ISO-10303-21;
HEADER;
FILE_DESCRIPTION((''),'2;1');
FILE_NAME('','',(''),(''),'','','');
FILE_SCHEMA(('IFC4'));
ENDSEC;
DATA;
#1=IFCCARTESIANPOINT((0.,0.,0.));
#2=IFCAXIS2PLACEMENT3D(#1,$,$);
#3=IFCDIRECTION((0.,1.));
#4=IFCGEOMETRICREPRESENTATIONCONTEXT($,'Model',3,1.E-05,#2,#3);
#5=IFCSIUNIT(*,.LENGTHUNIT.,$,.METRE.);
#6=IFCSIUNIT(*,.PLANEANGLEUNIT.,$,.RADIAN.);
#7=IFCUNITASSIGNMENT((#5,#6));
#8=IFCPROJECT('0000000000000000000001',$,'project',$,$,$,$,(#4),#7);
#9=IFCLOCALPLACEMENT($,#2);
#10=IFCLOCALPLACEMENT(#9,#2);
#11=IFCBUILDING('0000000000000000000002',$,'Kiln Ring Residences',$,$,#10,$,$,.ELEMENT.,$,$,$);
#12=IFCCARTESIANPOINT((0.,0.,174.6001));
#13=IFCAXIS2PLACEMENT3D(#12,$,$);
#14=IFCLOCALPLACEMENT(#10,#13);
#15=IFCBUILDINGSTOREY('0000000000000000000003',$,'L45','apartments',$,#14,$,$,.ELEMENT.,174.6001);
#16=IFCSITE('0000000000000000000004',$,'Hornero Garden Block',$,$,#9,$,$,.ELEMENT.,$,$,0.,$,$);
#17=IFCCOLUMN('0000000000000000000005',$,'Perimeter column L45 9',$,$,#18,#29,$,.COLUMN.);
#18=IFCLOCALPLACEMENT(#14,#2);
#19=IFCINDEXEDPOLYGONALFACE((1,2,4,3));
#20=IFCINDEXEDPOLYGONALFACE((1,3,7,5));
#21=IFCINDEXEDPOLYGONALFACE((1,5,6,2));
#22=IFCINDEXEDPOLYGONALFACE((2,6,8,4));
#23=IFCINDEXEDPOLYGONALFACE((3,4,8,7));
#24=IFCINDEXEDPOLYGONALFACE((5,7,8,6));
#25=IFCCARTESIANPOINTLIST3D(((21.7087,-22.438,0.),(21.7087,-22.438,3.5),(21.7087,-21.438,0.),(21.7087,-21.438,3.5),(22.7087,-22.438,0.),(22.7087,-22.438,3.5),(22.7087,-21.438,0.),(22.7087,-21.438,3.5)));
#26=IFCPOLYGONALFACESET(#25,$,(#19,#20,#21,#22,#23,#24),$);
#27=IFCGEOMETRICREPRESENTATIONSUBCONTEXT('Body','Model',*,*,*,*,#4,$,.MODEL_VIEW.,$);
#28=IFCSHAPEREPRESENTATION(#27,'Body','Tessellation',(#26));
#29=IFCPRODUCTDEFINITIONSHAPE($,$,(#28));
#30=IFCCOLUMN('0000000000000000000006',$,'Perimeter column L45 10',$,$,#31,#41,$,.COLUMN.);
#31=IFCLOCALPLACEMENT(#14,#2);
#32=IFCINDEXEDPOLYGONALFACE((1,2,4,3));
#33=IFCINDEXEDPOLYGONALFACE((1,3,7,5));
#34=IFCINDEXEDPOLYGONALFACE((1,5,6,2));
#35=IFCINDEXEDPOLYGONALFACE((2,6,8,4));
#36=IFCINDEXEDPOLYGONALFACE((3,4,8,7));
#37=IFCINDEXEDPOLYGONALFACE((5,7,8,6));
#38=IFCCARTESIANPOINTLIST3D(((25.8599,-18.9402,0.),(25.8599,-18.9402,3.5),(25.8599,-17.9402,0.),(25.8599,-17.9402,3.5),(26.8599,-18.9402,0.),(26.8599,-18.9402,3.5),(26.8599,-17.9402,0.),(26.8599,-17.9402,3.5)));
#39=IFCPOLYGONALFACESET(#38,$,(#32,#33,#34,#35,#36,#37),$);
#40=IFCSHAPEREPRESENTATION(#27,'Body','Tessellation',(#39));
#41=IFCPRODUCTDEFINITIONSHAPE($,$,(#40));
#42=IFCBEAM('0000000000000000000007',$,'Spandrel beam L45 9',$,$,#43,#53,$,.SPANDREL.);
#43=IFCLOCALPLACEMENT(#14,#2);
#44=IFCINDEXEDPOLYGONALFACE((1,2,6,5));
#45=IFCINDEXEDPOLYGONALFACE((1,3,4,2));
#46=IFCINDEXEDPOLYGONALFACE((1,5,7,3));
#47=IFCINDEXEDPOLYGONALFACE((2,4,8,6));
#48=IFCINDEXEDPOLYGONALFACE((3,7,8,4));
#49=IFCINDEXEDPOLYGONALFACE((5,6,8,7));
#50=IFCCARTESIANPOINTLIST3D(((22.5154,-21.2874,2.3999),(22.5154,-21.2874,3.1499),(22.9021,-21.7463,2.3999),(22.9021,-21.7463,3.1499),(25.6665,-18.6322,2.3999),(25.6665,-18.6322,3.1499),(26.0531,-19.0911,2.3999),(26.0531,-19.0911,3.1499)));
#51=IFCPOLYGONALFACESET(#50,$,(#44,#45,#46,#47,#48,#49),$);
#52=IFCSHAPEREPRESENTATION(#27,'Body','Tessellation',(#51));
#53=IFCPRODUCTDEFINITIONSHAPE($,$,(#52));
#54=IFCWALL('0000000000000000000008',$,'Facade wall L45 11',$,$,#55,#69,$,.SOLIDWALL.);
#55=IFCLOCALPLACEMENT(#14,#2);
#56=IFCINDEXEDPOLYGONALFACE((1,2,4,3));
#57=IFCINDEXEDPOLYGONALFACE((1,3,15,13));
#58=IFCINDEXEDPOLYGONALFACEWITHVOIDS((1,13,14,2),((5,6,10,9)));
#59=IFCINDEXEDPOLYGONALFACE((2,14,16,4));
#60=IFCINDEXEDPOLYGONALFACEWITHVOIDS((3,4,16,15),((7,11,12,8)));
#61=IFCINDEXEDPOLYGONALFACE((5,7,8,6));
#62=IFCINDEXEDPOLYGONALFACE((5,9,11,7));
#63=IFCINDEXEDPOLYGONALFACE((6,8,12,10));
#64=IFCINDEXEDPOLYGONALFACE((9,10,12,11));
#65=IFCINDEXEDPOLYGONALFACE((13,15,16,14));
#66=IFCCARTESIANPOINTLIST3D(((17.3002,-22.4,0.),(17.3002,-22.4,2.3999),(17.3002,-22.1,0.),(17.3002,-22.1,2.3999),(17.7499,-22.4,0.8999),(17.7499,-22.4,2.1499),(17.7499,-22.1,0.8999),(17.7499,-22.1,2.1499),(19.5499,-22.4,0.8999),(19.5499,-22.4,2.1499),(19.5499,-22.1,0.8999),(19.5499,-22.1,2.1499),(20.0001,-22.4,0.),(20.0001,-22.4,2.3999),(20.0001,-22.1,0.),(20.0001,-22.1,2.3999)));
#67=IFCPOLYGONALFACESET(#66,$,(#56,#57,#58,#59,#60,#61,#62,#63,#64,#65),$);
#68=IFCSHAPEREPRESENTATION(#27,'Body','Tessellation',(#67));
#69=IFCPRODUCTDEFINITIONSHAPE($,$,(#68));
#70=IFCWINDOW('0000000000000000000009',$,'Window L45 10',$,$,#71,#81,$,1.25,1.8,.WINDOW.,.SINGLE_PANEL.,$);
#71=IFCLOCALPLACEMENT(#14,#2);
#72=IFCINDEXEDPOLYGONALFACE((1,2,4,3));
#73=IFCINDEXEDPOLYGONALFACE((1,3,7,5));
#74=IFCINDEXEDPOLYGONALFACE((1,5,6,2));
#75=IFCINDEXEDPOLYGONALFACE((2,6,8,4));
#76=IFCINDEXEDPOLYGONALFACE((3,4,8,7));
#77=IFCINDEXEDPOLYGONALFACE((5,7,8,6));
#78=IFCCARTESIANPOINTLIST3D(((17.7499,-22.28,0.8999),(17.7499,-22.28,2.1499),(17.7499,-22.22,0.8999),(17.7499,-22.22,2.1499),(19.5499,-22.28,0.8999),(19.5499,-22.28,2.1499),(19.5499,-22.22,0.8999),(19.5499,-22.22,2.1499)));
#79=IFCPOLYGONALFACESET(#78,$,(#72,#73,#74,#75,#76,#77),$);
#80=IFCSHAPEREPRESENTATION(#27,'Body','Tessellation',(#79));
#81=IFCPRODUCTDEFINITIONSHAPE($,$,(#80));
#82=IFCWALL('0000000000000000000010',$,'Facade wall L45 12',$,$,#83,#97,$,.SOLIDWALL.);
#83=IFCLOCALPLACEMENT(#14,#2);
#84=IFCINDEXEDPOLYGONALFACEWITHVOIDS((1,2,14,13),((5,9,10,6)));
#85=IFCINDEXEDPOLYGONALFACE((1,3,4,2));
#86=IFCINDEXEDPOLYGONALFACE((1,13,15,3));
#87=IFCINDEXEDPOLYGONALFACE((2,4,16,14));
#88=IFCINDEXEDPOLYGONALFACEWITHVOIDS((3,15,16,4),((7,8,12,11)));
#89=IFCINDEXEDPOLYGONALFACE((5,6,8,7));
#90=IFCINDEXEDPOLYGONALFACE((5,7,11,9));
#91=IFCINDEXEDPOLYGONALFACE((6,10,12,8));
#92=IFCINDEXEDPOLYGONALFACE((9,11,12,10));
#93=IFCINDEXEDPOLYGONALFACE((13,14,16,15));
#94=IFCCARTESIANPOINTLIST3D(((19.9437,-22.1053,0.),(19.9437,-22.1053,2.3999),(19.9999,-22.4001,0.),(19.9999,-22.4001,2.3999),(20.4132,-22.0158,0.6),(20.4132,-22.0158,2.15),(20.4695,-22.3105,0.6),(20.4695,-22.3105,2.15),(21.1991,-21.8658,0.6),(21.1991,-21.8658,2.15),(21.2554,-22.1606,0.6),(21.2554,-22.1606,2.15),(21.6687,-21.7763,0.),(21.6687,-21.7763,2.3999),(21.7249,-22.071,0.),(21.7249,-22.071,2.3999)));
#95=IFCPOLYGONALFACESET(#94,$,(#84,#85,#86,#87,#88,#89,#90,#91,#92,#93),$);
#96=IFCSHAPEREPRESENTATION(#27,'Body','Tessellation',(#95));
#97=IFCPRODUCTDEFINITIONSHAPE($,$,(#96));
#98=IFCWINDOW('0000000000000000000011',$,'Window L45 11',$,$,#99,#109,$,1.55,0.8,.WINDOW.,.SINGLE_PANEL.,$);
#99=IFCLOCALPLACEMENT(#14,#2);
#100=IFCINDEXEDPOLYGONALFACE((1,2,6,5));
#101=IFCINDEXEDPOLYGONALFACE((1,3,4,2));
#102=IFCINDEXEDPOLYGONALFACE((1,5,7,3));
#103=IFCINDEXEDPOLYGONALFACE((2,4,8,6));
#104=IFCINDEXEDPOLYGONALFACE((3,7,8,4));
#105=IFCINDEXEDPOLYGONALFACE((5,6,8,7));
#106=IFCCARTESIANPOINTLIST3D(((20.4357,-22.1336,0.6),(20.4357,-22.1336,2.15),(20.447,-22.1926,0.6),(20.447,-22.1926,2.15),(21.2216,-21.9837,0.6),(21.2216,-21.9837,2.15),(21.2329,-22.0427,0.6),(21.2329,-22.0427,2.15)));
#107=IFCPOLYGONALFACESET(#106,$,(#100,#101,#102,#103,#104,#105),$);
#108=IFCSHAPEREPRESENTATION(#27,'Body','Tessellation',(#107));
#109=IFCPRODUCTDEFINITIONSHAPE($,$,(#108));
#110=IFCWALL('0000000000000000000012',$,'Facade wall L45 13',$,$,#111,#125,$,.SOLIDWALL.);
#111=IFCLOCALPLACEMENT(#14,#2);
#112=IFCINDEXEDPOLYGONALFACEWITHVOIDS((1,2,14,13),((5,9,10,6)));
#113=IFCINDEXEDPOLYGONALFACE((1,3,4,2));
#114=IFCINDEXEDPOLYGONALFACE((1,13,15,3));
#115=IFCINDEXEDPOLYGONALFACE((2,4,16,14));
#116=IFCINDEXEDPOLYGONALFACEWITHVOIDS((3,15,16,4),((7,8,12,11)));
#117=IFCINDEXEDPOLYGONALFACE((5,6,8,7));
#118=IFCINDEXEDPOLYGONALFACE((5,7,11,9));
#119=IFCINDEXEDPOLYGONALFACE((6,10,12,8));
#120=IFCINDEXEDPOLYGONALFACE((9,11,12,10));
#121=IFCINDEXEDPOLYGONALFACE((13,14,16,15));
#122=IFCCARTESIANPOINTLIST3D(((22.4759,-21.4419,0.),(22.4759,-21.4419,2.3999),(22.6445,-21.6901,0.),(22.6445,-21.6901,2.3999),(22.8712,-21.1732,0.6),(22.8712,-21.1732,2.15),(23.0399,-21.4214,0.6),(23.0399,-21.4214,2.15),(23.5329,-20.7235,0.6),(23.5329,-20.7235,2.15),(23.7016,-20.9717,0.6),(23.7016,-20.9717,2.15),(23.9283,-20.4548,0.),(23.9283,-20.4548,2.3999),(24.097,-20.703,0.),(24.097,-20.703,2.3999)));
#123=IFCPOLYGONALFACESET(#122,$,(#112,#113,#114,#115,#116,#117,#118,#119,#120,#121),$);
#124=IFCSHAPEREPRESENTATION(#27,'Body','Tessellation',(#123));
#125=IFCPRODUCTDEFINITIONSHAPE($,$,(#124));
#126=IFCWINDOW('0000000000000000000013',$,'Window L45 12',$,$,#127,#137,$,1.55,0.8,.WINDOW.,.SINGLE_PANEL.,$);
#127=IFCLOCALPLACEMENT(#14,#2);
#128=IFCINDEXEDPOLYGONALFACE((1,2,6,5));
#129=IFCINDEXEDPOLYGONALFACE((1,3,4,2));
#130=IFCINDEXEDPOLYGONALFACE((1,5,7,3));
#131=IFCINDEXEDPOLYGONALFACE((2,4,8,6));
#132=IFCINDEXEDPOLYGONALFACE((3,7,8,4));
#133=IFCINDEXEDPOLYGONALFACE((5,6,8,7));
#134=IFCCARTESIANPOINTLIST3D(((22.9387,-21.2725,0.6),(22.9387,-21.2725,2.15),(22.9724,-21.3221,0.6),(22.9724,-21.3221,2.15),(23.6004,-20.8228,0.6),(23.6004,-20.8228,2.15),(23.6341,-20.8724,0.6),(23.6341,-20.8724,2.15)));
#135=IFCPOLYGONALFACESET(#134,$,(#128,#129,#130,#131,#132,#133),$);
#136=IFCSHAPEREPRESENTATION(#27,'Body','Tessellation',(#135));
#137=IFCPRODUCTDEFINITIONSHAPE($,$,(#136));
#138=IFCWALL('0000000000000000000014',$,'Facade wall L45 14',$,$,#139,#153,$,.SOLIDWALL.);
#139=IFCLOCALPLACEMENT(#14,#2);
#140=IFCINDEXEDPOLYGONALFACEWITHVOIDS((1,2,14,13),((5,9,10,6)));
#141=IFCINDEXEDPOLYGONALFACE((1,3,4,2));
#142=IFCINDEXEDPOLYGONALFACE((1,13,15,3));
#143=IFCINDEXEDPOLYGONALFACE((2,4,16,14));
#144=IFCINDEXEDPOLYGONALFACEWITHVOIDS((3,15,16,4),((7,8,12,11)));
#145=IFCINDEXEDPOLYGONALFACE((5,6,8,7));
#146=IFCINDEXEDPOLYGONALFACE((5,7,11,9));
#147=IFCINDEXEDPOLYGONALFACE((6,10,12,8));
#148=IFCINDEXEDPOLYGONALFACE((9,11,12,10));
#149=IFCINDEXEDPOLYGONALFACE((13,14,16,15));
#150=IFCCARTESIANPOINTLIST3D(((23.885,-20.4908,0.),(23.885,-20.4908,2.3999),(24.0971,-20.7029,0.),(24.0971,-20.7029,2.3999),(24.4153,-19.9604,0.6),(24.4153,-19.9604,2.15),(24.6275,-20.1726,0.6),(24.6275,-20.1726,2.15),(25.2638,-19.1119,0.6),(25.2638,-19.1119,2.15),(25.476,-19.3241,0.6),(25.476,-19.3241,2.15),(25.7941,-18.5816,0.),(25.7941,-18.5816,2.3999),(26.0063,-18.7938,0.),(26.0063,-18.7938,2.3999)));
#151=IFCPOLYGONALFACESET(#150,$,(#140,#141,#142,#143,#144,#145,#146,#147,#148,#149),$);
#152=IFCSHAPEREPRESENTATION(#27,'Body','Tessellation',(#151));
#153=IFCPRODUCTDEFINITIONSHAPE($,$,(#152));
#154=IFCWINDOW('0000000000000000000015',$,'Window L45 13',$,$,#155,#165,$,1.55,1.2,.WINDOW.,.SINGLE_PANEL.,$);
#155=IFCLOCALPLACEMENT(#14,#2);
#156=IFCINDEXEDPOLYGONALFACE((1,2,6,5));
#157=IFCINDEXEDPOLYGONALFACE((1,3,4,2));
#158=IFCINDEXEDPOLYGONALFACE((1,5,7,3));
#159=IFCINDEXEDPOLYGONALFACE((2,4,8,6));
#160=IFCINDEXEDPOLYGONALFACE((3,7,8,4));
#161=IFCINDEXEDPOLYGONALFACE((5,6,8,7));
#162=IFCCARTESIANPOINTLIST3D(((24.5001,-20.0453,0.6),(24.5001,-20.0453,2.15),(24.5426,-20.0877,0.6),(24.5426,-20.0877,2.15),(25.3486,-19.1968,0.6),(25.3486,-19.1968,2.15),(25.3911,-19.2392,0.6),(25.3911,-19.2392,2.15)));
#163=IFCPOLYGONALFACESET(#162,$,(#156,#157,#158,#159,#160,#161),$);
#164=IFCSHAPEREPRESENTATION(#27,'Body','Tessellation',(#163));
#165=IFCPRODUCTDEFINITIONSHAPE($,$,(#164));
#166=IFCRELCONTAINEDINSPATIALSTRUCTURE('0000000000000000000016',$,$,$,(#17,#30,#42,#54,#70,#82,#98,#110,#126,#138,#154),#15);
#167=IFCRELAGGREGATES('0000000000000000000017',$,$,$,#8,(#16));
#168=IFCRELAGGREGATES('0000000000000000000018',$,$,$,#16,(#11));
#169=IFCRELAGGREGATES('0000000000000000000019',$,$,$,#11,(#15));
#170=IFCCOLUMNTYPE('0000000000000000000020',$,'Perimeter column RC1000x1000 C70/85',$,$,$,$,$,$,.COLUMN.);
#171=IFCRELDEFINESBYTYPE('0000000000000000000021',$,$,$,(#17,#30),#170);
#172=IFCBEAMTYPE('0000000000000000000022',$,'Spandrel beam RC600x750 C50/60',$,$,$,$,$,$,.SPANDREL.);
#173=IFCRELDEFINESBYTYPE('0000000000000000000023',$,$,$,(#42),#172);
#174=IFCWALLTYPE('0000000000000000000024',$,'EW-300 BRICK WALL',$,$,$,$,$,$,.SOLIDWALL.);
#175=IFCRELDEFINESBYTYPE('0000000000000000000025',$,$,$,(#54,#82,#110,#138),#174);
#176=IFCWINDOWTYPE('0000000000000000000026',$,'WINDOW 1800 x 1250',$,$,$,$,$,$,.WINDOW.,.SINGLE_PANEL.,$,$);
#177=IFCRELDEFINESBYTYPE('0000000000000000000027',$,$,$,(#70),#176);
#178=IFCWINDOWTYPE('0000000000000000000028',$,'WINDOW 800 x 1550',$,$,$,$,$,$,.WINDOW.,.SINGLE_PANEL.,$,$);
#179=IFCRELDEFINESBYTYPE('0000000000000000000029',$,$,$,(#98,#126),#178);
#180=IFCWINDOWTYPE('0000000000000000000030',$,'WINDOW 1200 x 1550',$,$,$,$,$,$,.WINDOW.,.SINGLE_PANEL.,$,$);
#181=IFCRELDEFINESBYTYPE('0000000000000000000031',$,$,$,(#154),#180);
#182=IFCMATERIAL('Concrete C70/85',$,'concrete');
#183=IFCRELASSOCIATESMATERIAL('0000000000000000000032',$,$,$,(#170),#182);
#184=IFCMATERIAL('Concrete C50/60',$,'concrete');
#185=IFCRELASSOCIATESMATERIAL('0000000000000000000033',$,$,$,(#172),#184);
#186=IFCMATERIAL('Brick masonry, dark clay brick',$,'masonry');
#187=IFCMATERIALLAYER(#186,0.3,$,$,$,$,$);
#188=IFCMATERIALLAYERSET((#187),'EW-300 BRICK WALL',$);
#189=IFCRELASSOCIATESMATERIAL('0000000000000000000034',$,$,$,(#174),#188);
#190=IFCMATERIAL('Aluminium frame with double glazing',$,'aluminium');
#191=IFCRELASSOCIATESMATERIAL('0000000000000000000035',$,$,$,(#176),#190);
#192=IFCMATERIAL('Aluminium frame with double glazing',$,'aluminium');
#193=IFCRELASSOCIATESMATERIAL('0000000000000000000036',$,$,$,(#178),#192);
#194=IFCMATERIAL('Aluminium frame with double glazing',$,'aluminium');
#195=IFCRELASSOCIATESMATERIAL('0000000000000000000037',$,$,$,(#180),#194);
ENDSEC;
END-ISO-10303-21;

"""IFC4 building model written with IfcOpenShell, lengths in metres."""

from ifc_helpers import new_model, si_unit, direction, frame, frame_2d, origin, origin_2d, place, context, subcontext, project, spatial, rectangle, extrude, material, layer, layer_set, material_profile, profile_set, type_object, element, fill, save


model = new_model("IFC4")

# Units and contexts
model_context = context("Model", 3, precision=1e-05, world=origin(), true_north=direction((0.0, 1.0)))
body_context = subcontext(model_context, "Body", "Model", "MODEL_VIEW")
ifc_project = project(units=[si_unit("LENGTHUNIT", "METRE"), si_unit("PLANEANGLEUNIT", "RADIAN")], contexts=[model_context])

# Site, building, storey
site_placement = place(None, origin())
site = spatial("IfcSite", under=ifc_project, at=site_placement, Name="Hornero Garden Block", CompositionType="ELEMENT", RefElevation=0.0)
building_placement = place(site_placement, origin())
building = spatial("IfcBuilding", under=site, at=building_placement, Name="Kiln Ring Residences", CompositionType="ELEMENT")
storey_placement = place(building_placement, frame((0.0, 0.0, 174.6001)))
storey = spatial("IfcBuildingStorey", under=building, at=storey_placement, Name="L45", Description="apartments", CompositionType="ELEMENT", Elevation=174.6001)

# Columns
ifc_material_1 = material(Name="Concrete C70/85", Category="concrete")
ifc_material_profile_1 = material_profile(ifc_material_1, rectangle(XDim=1.0, YDim=1.0, at=origin_2d()), Name="RC1000x1000")
ifc_profile_set_1 = profile_set([ifc_material_profile_1], Name="Concrete C70/85")
column_type = type_object("IfcColumnType", Name="Perimeter column RC1000x1000 C70/85", PredefinedType="COLUMN", material=ifc_profile_set_1)
for number, where, z_axis, x_axis, name in (
    (1, (22.2087, -21.938, 0.0), (0.0, 0.0, 1.0), (1.0, 0.0, 0.0), "Perimeter column L45 9"),
    (2, (26.3599, -18.4402, 0.0), (0.0, 0.0, 1.0), (1.0, 0.0, 0.0), "Perimeter column L45 10"),
):
    element("IfcColumn", number, at=place(storey_placement, frame(where, z_axis=z_axis, x_axis=x_axis)), inside=storey, type_object=column_type, Name=name, PredefinedType="COLUMN", context=body_context, shape_type="SweptSolid", body=[
        extrude(rectangle(XDim=1.0, YDim=1.0, at=origin_2d()), origin(), (0.0, 0.0, 1.0), 3.5),
    ])

# Beam
ifc_material_2 = material(Name="Concrete C50/60", Category="concrete")
ifc_material_profile_2 = material_profile(ifc_material_2, rectangle(XDim=0.6001, YDim=0.75, at=origin_2d()), Name="RC600x750")
ifc_profile_set_2 = profile_set([ifc_material_profile_2], Name="Concrete C50/60")
beam_type = type_object("IfcBeamType", Name="Spandrel beam RC600x750 C50/60", PredefinedType="SPANDREL", material=ifc_profile_set_2)
beam_placement = place(storey_placement, frame((22.7087, -21.5168, 2.7749), z_axis=(0.764708, 0.644377, 0.0), x_axis=(-0.644377, 0.764708, 0.0)))
element("IfcBeam", 3, at=beam_placement, inside=storey, type_object=beam_type, Name="Spandrel beam L45 9", PredefinedType="SPANDREL", context=body_context, shape_type="SweptSolid", body=[
    extrude(rectangle(XDim=0.6001, YDim=0.75, at=origin_2d()), origin(), (0.0, 0.0, 1.0), 4.1206),
])

# Walls, openings, windows
ifc_material_3 = material(Name="Brick masonry, dark clay brick", Category="masonry")
ifc_layer_1 = layer(ifc_material_3, 0.3)
ifc_layer_set_1 = layer_set([ifc_layer_1], Name="EW-300 BRICK WALL")
wall_type_1 = type_object("IfcWallType", Name="EW-300 BRICK WALL", PredefinedType="SOLIDWALL", material=ifc_layer_set_1)
wall_1_placement = place(storey_placement, frame((17.3, -22.25, 0.0), z_axis=(0.0, 0.0, 1.0), x_axis=(1.0, 0.0, 0.0)))
wall_1 = element("IfcWall", 4, at=wall_1_placement, inside=storey, type_object=wall_type_1, Name="Facade wall L45 11", PredefinedType="SOLIDWALL", context=body_context, shape_type="SweptSolid", body=[
    extrude(rectangle(XDim=2.7, YDim=0.3, at=frame_2d((1.3501, 0.0))), origin(), (0.0, 0.0, 1.0), 2.3999),
])
opening_1_placement = place(wall_1_placement, frame((0.45, 0.0, 0.8999)))
opening_1 = element("IfcOpeningElement", 5, at=opening_1_placement, cuts=wall_1, PredefinedType="OPENING", context=body_context, shape_type="SweptSolid", body=[
    extrude(rectangle(XDim=1.8, YDim=1.25, at=frame_2d((0.8999, 0.625))), frame((0.0, 0.1599, 0.0), z_axis=(0.0, -1.0, 0.0), x_axis=(1.0, 0.0, 0.0)), (0.0, 0.0, 1.0), 0.3201),
])
ifc_material_4 = material(Name="Aluminium frame with double glazing", Category="aluminium")
window_type_1 = type_object("IfcWindowType", Name="WINDOW 1800 x 1250", PartitioningType="SINGLE_PANEL", PredefinedType="WINDOW", material=ifc_material_4)
window_1_placement = place(opening_1_placement, origin())
window_1 = element("IfcWindow", 6, at=window_1_placement, inside=storey, type_object=window_type_1, Name="Window L45 10", OverallHeight=1.25, OverallWidth=1.8, PartitioningType="SINGLE_PANEL", PredefinedType="WINDOW", context=body_context, shape_type="SweptSolid", body=[
    extrude(rectangle(XDim=1.8, YDim=1.25, at=frame_2d((0.8999, 0.625))), frame((0.0, 0.03, 0.0), z_axis=(0.0, -1.0, 0.0), x_axis=(1.0, 0.0, 0.0)), (0.0, 0.0, 1.0), 0.0601),
])
fill(opening_1, window_1)
wall_2_placement = place(storey_placement, frame((19.9719, -22.2527, 0.0), z_axis=(0.0, 0.0, 1.0), x_axis=(0.982285, 0.187393, 0.0)))
wall_2 = element("IfcWall", 7, at=wall_2_placement, inside=storey, type_object=wall_type_1, Name="Facade wall L45 12", PredefinedType="SOLIDWALL", context=body_context, shape_type="SweptSolid", body=[
    extrude(rectangle(XDim=1.7561, YDim=0.3, at=frame_2d((0.8779, 0.0))), origin(), (0.0, 0.0, 1.0), 2.3999),
])
opening_2_placement = place(wall_2_placement, frame((0.478, 0.0, 0.6001)))
opening_2 = element("IfcOpeningElement", 8, at=opening_2_placement, cuts=wall_2, PredefinedType="OPENING", context=body_context, shape_type="SweptSolid", body=[
    extrude(rectangle(XDim=0.8, YDim=1.55, at=frame_2d((0.3999, 0.7749))), frame((0.0, 0.1599, 0.0), z_axis=(0.0, -1.0, 0.0), x_axis=(1.0, 0.0, 0.0)), (0.0, 0.0, 1.0), 0.3201),
])
ifc_material_5 = material(Name="Aluminium frame with double glazing", Category="aluminium")
window_type_2 = type_object("IfcWindowType", Name="WINDOW 800 x 1550", PartitioningType="SINGLE_PANEL", PredefinedType="WINDOW", material=ifc_material_5)
window_2_placement = place(opening_2_placement, origin())
window_2 = element("IfcWindow", 9, at=window_2_placement, inside=storey, type_object=window_type_2, Name="Window L45 11", OverallHeight=1.55, OverallWidth=0.8, PartitioningType="SINGLE_PANEL", PredefinedType="WINDOW", context=body_context, shape_type="SweptSolid", body=[
    extrude(rectangle(XDim=0.8, YDim=1.55, at=frame_2d((0.3999, 0.7749))), frame((0.0, 0.03, 0.0), z_axis=(0.0, -1.0, 0.0), x_axis=(1.0, 0.0, 0.0)), (0.0, 0.0, 1.0), 0.0601),
])
fill(opening_2, window_2)
wall_3_placement = place(storey_placement, frame((22.5603, -21.5659, 0.0), z_axis=(0.0, 0.0, 1.0), x_axis=(0.827076, 0.562089, 0.0)))
wall_3 = element("IfcWall", 10, at=wall_3_placement, inside=storey, type_object=wall_type_1, Name="Facade wall L45 13", PredefinedType="SOLIDWALL", context=body_context, shape_type="SweptSolid", body=[
    extrude(rectangle(XDim=1.7561, YDim=0.3, at=frame_2d((0.8779, 0.0))), origin(), (0.0, 0.0, 1.0), 2.3999),
])
opening_3_placement = place(wall_3_placement, frame((0.478, 0.0, 0.6001)))
opening_3 = element("IfcOpeningElement", 11, at=opening_3_placement, cuts=wall_3, PredefinedType="OPENING", context=body_context, shape_type="SweptSolid", body=[
    extrude(rectangle(XDim=0.8, YDim=1.55, at=frame_2d((0.3999, 0.7749))), frame((0.0, 0.1599, 0.0), z_axis=(0.0, -1.0, 0.0), x_axis=(1.0, 0.0, 0.0)), (0.0, 0.0, 1.0), 0.3201),
])
window_3_placement = place(opening_3_placement, origin())
window_3 = element("IfcWindow", 12, at=window_3_placement, inside=storey, type_object=window_type_2, Name="Window L45 12", OverallHeight=1.55, OverallWidth=0.8, PartitioningType="SINGLE_PANEL", PredefinedType="WINDOW", context=body_context, shape_type="SweptSolid", body=[
    extrude(rectangle(XDim=0.8, YDim=1.55, at=frame_2d((0.3999, 0.7749))), frame((0.0, 0.03, 0.0), z_axis=(0.0, -1.0, 0.0), x_axis=(1.0, 0.0, 0.0)), (0.0, 0.0, 1.0), 0.0601),
])
fill(opening_3, window_3)
wall_4_placement = place(storey_placement, frame((23.991, -20.5969, 0.0), z_axis=(0.0, 0.0, 1.0), x_axis=(0.707107, 0.707107, 0.0)))
wall_4 = element("IfcWall", 13, at=wall_4_placement, inside=storey, type_object=wall_type_1, Name="Facade wall L45 14", PredefinedType="SOLIDWALL", context=body_context, shape_type="SweptSolid", body=[
    extrude(rectangle(XDim=2.7, YDim=0.3, at=frame_2d((1.3501, 0.0))), origin(), (0.0, 0.0, 1.0), 2.3999),
])
opening_4_placement = place(wall_4_placement, frame((0.75, 0.0, 0.6001)))
opening_4 = element("IfcOpeningElement", 14, at=opening_4_placement, cuts=wall_4, PredefinedType="OPENING", context=body_context, shape_type="SweptSolid", body=[
    extrude(rectangle(XDim=1.2, YDim=1.55, at=frame_2d((0.6001, 0.7749))), frame((0.0, 0.1599, 0.0), z_axis=(0.0, -1.0, 0.0), x_axis=(1.0, 0.0, 0.0)), (0.0, 0.0, 1.0), 0.3201),
])
ifc_material_6 = material(Name="Aluminium frame with double glazing", Category="aluminium")
window_type_3 = type_object("IfcWindowType", Name="WINDOW 1200 x 1550", PartitioningType="SINGLE_PANEL", PredefinedType="WINDOW", material=ifc_material_6)
window_4_placement = place(opening_4_placement, origin())
window_4 = element("IfcWindow", 15, at=window_4_placement, inside=storey, type_object=window_type_3, Name="Window L45 13", OverallHeight=1.55, OverallWidth=1.2, PartitioningType="SINGLE_PANEL", PredefinedType="WINDOW", context=body_context, shape_type="SweptSolid", body=[
    extrude(rectangle(XDim=1.2, YDim=1.55, at=frame_2d((0.6001, 0.7749))), frame((0.0, 0.03, 0.0), z_axis=(0.0, -1.0, 0.0), x_axis=(1.0, 0.0, 0.0)), (0.0, 0.0, 1.0), 0.0601),
])
fill(opening_4, window_4)

save(model, "model.ifc")
